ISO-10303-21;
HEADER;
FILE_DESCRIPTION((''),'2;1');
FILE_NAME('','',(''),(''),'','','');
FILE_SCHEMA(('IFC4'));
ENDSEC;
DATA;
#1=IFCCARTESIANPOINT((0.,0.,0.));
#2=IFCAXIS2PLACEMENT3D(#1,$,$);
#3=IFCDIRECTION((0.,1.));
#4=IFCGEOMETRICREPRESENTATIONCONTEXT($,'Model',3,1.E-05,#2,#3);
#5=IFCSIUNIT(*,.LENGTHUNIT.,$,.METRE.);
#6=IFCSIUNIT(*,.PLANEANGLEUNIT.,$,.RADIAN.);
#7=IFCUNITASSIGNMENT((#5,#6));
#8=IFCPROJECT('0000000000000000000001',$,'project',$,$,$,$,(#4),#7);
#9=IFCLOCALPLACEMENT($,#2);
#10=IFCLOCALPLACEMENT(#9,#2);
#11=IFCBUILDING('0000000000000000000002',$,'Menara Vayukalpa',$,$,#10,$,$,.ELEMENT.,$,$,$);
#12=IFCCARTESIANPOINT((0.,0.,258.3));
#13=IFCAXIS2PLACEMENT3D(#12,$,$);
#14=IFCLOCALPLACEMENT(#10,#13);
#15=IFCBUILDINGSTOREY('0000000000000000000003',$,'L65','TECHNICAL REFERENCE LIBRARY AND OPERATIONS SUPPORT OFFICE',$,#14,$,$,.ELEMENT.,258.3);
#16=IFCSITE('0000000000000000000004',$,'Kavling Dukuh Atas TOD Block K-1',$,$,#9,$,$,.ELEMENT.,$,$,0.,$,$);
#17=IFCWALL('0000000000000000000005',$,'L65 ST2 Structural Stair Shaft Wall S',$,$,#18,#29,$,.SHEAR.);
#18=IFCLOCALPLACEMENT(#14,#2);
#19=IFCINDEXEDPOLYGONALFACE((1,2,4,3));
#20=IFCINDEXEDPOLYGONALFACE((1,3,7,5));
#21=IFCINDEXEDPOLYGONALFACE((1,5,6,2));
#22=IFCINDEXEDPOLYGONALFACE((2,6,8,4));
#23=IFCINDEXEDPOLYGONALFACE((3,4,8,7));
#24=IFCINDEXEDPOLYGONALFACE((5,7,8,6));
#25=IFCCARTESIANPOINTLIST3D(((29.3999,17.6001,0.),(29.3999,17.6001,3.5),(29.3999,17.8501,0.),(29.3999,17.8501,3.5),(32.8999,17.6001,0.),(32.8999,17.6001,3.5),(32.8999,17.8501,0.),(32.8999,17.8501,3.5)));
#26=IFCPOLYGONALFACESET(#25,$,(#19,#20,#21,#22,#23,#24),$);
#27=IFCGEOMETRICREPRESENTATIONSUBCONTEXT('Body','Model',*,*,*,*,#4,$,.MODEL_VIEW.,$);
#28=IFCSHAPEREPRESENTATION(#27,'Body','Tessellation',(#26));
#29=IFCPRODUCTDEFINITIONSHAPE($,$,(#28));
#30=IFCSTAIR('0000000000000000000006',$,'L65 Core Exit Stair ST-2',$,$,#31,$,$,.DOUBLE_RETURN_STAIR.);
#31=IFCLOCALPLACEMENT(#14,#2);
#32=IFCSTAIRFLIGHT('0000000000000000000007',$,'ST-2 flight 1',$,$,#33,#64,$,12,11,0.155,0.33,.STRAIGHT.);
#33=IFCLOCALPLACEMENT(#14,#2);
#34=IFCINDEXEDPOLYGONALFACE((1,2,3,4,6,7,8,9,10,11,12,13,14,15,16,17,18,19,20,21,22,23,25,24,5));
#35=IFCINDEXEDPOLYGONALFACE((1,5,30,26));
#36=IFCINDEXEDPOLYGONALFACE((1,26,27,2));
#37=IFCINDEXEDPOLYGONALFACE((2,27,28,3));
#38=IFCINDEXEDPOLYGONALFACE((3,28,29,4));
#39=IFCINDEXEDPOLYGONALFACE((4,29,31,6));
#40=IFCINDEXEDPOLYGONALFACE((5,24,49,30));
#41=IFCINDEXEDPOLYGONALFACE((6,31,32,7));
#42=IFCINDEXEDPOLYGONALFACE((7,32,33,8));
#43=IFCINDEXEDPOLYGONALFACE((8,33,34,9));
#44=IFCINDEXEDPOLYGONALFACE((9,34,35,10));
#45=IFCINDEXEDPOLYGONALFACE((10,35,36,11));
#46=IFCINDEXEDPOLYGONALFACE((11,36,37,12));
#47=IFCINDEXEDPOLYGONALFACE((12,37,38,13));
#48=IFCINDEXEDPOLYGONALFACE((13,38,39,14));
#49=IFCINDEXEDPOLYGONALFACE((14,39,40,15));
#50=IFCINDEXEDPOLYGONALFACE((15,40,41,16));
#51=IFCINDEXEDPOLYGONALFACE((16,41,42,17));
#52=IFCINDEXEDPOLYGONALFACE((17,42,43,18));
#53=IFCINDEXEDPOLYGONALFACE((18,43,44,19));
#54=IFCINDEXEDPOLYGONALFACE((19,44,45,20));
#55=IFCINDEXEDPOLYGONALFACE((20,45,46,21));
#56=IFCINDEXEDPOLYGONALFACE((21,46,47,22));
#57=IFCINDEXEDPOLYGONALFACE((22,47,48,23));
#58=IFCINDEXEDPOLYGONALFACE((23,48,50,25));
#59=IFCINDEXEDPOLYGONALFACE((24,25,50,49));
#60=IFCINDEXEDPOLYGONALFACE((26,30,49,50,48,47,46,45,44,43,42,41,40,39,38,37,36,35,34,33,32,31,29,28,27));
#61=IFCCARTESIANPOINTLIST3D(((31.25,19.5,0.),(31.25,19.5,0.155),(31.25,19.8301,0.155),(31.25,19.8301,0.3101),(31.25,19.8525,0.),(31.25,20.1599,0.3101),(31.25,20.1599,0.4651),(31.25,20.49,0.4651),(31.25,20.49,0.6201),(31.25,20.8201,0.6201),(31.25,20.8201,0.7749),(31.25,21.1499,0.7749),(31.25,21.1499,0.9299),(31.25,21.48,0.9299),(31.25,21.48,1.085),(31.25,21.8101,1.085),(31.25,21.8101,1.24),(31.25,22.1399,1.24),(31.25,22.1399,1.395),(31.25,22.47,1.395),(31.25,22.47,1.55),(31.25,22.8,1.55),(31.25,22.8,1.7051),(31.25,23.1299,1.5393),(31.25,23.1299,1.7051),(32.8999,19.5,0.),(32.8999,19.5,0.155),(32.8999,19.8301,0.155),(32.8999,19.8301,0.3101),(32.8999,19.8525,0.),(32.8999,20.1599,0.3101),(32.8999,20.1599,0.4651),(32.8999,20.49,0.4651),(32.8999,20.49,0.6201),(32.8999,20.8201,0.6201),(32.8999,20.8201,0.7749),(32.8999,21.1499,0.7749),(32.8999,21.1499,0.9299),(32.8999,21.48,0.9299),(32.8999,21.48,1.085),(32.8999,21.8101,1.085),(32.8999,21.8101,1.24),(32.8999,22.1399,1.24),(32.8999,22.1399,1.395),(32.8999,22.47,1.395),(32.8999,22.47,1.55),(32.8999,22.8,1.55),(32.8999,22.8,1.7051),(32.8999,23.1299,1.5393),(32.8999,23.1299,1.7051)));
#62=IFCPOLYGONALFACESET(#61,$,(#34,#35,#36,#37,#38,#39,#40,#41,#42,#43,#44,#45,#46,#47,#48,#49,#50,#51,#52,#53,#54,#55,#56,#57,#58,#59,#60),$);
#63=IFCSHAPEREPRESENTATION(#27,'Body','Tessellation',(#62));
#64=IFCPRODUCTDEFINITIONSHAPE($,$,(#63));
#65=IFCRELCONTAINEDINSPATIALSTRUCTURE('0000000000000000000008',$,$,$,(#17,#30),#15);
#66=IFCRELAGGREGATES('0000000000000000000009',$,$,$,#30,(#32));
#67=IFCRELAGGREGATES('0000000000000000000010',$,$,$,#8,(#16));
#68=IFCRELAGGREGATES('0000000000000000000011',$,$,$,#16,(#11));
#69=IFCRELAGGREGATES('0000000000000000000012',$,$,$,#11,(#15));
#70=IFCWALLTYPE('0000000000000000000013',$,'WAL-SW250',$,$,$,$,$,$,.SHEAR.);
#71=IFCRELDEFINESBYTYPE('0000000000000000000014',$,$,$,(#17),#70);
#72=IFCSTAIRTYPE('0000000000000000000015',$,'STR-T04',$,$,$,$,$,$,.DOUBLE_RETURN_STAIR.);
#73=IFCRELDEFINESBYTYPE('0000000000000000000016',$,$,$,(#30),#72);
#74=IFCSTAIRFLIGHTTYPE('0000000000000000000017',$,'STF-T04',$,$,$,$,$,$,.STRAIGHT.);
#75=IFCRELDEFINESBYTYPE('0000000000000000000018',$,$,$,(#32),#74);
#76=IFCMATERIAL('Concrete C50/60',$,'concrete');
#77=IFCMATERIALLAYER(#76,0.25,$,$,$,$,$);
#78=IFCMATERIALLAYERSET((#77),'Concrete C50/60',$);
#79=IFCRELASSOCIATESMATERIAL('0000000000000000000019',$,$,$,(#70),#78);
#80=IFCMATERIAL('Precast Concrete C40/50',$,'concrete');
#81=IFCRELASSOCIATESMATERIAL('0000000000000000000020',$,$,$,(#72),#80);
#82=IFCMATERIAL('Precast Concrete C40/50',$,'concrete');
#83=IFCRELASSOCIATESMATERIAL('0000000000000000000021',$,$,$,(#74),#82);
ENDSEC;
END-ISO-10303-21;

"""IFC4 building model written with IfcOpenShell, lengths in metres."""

from ifc_helpers import new_model, si_unit, direction, frame, frame_2d, origin, place, context, subcontext, project, spatial, polyline, rectangle, outline, extrude, material, layer, layer_set, type_object, element, aggregate, save


model = new_model("IFC4")

# Units and contexts
model_context = context("Model", 3, precision=1e-05, world=origin(), true_north=direction((0.0, 1.0)))
body_context = subcontext(model_context, "Body", "Model", "MODEL_VIEW")
ifc_project = project(units=[si_unit("LENGTHUNIT", "METRE"), si_unit("PLANEANGLEUNIT", "RADIAN")], contexts=[model_context])

# Site, building, storey
site_placement = place(None, origin())
site = spatial("IfcSite", under=ifc_project, at=site_placement, Name="Kavling Dukuh Atas TOD Block K-1", CompositionType="ELEMENT", RefElevation=0.0)
building_placement = place(site_placement, origin())
building = spatial("IfcBuilding", under=site, at=building_placement, Name="Menara Vayukalpa", CompositionType="ELEMENT")
storey_placement = place(building_placement, frame((0.0, 0.0, 258.3)))
storey = spatial("IfcBuildingStorey", under=building, at=storey_placement, Name="L65", Description="TECHNICAL REFERENCE LIBRARY AND OPERATIONS SUPPORT OFFICE", CompositionType="ELEMENT", Elevation=258.3)

# Wall
ifc_material_1 = material(Name="Concrete C50/60", Category="concrete")
ifc_layer_1 = layer(ifc_material_1, 0.25)
ifc_layer_set_1 = layer_set([ifc_layer_1], Name="Concrete C50/60")
wall_type_1 = type_object("IfcWallType", Name="WAL-SW250", PredefinedType="SHEAR", material=ifc_layer_set_1)
wall_1_placement = place(storey_placement, frame((29.3999, 17.7251, 0.0), z_axis=(0.0, 0.0, 1.0), x_axis=(1.0, 0.0, 0.0)))
element("IfcWall", 1, at=wall_1_placement, inside=storey, type_object=wall_type_1, Name="L65 ST2 Structural Stair Shaft Wall S", PredefinedType="SHEAR", context=body_context, shape_type="SweptSolid", body=[
    extrude(rectangle(XDim=3.5, YDim=0.25, at=frame_2d((1.75, 0.0))), origin(), (0.0, 0.0, 1.0), 3.5),
])

# Stair, stair flight
ifc_material_2 = material(Name="Precast Concrete C40/50", Category="concrete")
stair_type = type_object("IfcStairType", Name="STR-T04", PredefinedType="DOUBLE_RETURN_STAIR", material=ifc_material_2)
stair_placement = place(storey_placement, origin())
stair = element("IfcStair", 2, at=stair_placement, inside=storey, type_object=stair_type, Name="L65 Core Exit Stair ST-2", PredefinedType="DOUBLE_RETURN_STAIR")
ifc_material_3 = material(Name="Precast Concrete C40/50", Category="concrete")
stair_flight_type = type_object("IfcStairFlightType", Name="STF-T04", PredefinedType="STRAIGHT", material=ifc_material_3)
stair_flight_placement = place(storey_placement, frame((32.075, 19.5, 0.0), z_axis=(0.0, 0.0, 1.0), x_axis=(0.0, 1.0, 0.0)))
stair_flight = element("IfcStairFlight", 3, at=stair_flight_placement, type_object=stair_flight_type, Name="ST-2 flight 1", NumberOfRisers=12, NumberOfTreads=11, PredefinedType="STRAIGHT", RiserHeight=0.155, TreadLength=0.33, context=body_context, shape_type="SweptSolid", body=[
    extrude(outline(polyline([(0.0, 0.0), (0.0, 0.155), (0.3301, 0.155), (0.3301, 0.3101), (0.6599, 0.3101), (0.6599, 0.4651), (0.99, 0.4651), (0.99, 0.6201), (1.3201, 0.6201), (1.3201, 0.7749), (1.6499, 0.7749), (1.6499, 0.9299), (1.98, 0.9299), (1.98, 1.085), (2.3101, 1.085), (2.3101, 1.24), (2.6399, 1.24), (2.6399, 1.395), (2.97, 1.395), (2.97, 1.55), (3.3, 1.55), (3.3, 1.7051), (3.6299, 1.7051), (3.6299, 1.8601), (3.6299, 1.5393), (0.3525, 0.0), (0.0, 0.0)])), frame((0.0, 0.825, 0.0), z_axis=(0.0, -1.0, 0.0), x_axis=(1.0, 0.0, 0.0)), (0.0, 0.0, 1.0), 1.6499),
])
aggregate(stair, [stair_flight])

save(model, "model.ifc")
